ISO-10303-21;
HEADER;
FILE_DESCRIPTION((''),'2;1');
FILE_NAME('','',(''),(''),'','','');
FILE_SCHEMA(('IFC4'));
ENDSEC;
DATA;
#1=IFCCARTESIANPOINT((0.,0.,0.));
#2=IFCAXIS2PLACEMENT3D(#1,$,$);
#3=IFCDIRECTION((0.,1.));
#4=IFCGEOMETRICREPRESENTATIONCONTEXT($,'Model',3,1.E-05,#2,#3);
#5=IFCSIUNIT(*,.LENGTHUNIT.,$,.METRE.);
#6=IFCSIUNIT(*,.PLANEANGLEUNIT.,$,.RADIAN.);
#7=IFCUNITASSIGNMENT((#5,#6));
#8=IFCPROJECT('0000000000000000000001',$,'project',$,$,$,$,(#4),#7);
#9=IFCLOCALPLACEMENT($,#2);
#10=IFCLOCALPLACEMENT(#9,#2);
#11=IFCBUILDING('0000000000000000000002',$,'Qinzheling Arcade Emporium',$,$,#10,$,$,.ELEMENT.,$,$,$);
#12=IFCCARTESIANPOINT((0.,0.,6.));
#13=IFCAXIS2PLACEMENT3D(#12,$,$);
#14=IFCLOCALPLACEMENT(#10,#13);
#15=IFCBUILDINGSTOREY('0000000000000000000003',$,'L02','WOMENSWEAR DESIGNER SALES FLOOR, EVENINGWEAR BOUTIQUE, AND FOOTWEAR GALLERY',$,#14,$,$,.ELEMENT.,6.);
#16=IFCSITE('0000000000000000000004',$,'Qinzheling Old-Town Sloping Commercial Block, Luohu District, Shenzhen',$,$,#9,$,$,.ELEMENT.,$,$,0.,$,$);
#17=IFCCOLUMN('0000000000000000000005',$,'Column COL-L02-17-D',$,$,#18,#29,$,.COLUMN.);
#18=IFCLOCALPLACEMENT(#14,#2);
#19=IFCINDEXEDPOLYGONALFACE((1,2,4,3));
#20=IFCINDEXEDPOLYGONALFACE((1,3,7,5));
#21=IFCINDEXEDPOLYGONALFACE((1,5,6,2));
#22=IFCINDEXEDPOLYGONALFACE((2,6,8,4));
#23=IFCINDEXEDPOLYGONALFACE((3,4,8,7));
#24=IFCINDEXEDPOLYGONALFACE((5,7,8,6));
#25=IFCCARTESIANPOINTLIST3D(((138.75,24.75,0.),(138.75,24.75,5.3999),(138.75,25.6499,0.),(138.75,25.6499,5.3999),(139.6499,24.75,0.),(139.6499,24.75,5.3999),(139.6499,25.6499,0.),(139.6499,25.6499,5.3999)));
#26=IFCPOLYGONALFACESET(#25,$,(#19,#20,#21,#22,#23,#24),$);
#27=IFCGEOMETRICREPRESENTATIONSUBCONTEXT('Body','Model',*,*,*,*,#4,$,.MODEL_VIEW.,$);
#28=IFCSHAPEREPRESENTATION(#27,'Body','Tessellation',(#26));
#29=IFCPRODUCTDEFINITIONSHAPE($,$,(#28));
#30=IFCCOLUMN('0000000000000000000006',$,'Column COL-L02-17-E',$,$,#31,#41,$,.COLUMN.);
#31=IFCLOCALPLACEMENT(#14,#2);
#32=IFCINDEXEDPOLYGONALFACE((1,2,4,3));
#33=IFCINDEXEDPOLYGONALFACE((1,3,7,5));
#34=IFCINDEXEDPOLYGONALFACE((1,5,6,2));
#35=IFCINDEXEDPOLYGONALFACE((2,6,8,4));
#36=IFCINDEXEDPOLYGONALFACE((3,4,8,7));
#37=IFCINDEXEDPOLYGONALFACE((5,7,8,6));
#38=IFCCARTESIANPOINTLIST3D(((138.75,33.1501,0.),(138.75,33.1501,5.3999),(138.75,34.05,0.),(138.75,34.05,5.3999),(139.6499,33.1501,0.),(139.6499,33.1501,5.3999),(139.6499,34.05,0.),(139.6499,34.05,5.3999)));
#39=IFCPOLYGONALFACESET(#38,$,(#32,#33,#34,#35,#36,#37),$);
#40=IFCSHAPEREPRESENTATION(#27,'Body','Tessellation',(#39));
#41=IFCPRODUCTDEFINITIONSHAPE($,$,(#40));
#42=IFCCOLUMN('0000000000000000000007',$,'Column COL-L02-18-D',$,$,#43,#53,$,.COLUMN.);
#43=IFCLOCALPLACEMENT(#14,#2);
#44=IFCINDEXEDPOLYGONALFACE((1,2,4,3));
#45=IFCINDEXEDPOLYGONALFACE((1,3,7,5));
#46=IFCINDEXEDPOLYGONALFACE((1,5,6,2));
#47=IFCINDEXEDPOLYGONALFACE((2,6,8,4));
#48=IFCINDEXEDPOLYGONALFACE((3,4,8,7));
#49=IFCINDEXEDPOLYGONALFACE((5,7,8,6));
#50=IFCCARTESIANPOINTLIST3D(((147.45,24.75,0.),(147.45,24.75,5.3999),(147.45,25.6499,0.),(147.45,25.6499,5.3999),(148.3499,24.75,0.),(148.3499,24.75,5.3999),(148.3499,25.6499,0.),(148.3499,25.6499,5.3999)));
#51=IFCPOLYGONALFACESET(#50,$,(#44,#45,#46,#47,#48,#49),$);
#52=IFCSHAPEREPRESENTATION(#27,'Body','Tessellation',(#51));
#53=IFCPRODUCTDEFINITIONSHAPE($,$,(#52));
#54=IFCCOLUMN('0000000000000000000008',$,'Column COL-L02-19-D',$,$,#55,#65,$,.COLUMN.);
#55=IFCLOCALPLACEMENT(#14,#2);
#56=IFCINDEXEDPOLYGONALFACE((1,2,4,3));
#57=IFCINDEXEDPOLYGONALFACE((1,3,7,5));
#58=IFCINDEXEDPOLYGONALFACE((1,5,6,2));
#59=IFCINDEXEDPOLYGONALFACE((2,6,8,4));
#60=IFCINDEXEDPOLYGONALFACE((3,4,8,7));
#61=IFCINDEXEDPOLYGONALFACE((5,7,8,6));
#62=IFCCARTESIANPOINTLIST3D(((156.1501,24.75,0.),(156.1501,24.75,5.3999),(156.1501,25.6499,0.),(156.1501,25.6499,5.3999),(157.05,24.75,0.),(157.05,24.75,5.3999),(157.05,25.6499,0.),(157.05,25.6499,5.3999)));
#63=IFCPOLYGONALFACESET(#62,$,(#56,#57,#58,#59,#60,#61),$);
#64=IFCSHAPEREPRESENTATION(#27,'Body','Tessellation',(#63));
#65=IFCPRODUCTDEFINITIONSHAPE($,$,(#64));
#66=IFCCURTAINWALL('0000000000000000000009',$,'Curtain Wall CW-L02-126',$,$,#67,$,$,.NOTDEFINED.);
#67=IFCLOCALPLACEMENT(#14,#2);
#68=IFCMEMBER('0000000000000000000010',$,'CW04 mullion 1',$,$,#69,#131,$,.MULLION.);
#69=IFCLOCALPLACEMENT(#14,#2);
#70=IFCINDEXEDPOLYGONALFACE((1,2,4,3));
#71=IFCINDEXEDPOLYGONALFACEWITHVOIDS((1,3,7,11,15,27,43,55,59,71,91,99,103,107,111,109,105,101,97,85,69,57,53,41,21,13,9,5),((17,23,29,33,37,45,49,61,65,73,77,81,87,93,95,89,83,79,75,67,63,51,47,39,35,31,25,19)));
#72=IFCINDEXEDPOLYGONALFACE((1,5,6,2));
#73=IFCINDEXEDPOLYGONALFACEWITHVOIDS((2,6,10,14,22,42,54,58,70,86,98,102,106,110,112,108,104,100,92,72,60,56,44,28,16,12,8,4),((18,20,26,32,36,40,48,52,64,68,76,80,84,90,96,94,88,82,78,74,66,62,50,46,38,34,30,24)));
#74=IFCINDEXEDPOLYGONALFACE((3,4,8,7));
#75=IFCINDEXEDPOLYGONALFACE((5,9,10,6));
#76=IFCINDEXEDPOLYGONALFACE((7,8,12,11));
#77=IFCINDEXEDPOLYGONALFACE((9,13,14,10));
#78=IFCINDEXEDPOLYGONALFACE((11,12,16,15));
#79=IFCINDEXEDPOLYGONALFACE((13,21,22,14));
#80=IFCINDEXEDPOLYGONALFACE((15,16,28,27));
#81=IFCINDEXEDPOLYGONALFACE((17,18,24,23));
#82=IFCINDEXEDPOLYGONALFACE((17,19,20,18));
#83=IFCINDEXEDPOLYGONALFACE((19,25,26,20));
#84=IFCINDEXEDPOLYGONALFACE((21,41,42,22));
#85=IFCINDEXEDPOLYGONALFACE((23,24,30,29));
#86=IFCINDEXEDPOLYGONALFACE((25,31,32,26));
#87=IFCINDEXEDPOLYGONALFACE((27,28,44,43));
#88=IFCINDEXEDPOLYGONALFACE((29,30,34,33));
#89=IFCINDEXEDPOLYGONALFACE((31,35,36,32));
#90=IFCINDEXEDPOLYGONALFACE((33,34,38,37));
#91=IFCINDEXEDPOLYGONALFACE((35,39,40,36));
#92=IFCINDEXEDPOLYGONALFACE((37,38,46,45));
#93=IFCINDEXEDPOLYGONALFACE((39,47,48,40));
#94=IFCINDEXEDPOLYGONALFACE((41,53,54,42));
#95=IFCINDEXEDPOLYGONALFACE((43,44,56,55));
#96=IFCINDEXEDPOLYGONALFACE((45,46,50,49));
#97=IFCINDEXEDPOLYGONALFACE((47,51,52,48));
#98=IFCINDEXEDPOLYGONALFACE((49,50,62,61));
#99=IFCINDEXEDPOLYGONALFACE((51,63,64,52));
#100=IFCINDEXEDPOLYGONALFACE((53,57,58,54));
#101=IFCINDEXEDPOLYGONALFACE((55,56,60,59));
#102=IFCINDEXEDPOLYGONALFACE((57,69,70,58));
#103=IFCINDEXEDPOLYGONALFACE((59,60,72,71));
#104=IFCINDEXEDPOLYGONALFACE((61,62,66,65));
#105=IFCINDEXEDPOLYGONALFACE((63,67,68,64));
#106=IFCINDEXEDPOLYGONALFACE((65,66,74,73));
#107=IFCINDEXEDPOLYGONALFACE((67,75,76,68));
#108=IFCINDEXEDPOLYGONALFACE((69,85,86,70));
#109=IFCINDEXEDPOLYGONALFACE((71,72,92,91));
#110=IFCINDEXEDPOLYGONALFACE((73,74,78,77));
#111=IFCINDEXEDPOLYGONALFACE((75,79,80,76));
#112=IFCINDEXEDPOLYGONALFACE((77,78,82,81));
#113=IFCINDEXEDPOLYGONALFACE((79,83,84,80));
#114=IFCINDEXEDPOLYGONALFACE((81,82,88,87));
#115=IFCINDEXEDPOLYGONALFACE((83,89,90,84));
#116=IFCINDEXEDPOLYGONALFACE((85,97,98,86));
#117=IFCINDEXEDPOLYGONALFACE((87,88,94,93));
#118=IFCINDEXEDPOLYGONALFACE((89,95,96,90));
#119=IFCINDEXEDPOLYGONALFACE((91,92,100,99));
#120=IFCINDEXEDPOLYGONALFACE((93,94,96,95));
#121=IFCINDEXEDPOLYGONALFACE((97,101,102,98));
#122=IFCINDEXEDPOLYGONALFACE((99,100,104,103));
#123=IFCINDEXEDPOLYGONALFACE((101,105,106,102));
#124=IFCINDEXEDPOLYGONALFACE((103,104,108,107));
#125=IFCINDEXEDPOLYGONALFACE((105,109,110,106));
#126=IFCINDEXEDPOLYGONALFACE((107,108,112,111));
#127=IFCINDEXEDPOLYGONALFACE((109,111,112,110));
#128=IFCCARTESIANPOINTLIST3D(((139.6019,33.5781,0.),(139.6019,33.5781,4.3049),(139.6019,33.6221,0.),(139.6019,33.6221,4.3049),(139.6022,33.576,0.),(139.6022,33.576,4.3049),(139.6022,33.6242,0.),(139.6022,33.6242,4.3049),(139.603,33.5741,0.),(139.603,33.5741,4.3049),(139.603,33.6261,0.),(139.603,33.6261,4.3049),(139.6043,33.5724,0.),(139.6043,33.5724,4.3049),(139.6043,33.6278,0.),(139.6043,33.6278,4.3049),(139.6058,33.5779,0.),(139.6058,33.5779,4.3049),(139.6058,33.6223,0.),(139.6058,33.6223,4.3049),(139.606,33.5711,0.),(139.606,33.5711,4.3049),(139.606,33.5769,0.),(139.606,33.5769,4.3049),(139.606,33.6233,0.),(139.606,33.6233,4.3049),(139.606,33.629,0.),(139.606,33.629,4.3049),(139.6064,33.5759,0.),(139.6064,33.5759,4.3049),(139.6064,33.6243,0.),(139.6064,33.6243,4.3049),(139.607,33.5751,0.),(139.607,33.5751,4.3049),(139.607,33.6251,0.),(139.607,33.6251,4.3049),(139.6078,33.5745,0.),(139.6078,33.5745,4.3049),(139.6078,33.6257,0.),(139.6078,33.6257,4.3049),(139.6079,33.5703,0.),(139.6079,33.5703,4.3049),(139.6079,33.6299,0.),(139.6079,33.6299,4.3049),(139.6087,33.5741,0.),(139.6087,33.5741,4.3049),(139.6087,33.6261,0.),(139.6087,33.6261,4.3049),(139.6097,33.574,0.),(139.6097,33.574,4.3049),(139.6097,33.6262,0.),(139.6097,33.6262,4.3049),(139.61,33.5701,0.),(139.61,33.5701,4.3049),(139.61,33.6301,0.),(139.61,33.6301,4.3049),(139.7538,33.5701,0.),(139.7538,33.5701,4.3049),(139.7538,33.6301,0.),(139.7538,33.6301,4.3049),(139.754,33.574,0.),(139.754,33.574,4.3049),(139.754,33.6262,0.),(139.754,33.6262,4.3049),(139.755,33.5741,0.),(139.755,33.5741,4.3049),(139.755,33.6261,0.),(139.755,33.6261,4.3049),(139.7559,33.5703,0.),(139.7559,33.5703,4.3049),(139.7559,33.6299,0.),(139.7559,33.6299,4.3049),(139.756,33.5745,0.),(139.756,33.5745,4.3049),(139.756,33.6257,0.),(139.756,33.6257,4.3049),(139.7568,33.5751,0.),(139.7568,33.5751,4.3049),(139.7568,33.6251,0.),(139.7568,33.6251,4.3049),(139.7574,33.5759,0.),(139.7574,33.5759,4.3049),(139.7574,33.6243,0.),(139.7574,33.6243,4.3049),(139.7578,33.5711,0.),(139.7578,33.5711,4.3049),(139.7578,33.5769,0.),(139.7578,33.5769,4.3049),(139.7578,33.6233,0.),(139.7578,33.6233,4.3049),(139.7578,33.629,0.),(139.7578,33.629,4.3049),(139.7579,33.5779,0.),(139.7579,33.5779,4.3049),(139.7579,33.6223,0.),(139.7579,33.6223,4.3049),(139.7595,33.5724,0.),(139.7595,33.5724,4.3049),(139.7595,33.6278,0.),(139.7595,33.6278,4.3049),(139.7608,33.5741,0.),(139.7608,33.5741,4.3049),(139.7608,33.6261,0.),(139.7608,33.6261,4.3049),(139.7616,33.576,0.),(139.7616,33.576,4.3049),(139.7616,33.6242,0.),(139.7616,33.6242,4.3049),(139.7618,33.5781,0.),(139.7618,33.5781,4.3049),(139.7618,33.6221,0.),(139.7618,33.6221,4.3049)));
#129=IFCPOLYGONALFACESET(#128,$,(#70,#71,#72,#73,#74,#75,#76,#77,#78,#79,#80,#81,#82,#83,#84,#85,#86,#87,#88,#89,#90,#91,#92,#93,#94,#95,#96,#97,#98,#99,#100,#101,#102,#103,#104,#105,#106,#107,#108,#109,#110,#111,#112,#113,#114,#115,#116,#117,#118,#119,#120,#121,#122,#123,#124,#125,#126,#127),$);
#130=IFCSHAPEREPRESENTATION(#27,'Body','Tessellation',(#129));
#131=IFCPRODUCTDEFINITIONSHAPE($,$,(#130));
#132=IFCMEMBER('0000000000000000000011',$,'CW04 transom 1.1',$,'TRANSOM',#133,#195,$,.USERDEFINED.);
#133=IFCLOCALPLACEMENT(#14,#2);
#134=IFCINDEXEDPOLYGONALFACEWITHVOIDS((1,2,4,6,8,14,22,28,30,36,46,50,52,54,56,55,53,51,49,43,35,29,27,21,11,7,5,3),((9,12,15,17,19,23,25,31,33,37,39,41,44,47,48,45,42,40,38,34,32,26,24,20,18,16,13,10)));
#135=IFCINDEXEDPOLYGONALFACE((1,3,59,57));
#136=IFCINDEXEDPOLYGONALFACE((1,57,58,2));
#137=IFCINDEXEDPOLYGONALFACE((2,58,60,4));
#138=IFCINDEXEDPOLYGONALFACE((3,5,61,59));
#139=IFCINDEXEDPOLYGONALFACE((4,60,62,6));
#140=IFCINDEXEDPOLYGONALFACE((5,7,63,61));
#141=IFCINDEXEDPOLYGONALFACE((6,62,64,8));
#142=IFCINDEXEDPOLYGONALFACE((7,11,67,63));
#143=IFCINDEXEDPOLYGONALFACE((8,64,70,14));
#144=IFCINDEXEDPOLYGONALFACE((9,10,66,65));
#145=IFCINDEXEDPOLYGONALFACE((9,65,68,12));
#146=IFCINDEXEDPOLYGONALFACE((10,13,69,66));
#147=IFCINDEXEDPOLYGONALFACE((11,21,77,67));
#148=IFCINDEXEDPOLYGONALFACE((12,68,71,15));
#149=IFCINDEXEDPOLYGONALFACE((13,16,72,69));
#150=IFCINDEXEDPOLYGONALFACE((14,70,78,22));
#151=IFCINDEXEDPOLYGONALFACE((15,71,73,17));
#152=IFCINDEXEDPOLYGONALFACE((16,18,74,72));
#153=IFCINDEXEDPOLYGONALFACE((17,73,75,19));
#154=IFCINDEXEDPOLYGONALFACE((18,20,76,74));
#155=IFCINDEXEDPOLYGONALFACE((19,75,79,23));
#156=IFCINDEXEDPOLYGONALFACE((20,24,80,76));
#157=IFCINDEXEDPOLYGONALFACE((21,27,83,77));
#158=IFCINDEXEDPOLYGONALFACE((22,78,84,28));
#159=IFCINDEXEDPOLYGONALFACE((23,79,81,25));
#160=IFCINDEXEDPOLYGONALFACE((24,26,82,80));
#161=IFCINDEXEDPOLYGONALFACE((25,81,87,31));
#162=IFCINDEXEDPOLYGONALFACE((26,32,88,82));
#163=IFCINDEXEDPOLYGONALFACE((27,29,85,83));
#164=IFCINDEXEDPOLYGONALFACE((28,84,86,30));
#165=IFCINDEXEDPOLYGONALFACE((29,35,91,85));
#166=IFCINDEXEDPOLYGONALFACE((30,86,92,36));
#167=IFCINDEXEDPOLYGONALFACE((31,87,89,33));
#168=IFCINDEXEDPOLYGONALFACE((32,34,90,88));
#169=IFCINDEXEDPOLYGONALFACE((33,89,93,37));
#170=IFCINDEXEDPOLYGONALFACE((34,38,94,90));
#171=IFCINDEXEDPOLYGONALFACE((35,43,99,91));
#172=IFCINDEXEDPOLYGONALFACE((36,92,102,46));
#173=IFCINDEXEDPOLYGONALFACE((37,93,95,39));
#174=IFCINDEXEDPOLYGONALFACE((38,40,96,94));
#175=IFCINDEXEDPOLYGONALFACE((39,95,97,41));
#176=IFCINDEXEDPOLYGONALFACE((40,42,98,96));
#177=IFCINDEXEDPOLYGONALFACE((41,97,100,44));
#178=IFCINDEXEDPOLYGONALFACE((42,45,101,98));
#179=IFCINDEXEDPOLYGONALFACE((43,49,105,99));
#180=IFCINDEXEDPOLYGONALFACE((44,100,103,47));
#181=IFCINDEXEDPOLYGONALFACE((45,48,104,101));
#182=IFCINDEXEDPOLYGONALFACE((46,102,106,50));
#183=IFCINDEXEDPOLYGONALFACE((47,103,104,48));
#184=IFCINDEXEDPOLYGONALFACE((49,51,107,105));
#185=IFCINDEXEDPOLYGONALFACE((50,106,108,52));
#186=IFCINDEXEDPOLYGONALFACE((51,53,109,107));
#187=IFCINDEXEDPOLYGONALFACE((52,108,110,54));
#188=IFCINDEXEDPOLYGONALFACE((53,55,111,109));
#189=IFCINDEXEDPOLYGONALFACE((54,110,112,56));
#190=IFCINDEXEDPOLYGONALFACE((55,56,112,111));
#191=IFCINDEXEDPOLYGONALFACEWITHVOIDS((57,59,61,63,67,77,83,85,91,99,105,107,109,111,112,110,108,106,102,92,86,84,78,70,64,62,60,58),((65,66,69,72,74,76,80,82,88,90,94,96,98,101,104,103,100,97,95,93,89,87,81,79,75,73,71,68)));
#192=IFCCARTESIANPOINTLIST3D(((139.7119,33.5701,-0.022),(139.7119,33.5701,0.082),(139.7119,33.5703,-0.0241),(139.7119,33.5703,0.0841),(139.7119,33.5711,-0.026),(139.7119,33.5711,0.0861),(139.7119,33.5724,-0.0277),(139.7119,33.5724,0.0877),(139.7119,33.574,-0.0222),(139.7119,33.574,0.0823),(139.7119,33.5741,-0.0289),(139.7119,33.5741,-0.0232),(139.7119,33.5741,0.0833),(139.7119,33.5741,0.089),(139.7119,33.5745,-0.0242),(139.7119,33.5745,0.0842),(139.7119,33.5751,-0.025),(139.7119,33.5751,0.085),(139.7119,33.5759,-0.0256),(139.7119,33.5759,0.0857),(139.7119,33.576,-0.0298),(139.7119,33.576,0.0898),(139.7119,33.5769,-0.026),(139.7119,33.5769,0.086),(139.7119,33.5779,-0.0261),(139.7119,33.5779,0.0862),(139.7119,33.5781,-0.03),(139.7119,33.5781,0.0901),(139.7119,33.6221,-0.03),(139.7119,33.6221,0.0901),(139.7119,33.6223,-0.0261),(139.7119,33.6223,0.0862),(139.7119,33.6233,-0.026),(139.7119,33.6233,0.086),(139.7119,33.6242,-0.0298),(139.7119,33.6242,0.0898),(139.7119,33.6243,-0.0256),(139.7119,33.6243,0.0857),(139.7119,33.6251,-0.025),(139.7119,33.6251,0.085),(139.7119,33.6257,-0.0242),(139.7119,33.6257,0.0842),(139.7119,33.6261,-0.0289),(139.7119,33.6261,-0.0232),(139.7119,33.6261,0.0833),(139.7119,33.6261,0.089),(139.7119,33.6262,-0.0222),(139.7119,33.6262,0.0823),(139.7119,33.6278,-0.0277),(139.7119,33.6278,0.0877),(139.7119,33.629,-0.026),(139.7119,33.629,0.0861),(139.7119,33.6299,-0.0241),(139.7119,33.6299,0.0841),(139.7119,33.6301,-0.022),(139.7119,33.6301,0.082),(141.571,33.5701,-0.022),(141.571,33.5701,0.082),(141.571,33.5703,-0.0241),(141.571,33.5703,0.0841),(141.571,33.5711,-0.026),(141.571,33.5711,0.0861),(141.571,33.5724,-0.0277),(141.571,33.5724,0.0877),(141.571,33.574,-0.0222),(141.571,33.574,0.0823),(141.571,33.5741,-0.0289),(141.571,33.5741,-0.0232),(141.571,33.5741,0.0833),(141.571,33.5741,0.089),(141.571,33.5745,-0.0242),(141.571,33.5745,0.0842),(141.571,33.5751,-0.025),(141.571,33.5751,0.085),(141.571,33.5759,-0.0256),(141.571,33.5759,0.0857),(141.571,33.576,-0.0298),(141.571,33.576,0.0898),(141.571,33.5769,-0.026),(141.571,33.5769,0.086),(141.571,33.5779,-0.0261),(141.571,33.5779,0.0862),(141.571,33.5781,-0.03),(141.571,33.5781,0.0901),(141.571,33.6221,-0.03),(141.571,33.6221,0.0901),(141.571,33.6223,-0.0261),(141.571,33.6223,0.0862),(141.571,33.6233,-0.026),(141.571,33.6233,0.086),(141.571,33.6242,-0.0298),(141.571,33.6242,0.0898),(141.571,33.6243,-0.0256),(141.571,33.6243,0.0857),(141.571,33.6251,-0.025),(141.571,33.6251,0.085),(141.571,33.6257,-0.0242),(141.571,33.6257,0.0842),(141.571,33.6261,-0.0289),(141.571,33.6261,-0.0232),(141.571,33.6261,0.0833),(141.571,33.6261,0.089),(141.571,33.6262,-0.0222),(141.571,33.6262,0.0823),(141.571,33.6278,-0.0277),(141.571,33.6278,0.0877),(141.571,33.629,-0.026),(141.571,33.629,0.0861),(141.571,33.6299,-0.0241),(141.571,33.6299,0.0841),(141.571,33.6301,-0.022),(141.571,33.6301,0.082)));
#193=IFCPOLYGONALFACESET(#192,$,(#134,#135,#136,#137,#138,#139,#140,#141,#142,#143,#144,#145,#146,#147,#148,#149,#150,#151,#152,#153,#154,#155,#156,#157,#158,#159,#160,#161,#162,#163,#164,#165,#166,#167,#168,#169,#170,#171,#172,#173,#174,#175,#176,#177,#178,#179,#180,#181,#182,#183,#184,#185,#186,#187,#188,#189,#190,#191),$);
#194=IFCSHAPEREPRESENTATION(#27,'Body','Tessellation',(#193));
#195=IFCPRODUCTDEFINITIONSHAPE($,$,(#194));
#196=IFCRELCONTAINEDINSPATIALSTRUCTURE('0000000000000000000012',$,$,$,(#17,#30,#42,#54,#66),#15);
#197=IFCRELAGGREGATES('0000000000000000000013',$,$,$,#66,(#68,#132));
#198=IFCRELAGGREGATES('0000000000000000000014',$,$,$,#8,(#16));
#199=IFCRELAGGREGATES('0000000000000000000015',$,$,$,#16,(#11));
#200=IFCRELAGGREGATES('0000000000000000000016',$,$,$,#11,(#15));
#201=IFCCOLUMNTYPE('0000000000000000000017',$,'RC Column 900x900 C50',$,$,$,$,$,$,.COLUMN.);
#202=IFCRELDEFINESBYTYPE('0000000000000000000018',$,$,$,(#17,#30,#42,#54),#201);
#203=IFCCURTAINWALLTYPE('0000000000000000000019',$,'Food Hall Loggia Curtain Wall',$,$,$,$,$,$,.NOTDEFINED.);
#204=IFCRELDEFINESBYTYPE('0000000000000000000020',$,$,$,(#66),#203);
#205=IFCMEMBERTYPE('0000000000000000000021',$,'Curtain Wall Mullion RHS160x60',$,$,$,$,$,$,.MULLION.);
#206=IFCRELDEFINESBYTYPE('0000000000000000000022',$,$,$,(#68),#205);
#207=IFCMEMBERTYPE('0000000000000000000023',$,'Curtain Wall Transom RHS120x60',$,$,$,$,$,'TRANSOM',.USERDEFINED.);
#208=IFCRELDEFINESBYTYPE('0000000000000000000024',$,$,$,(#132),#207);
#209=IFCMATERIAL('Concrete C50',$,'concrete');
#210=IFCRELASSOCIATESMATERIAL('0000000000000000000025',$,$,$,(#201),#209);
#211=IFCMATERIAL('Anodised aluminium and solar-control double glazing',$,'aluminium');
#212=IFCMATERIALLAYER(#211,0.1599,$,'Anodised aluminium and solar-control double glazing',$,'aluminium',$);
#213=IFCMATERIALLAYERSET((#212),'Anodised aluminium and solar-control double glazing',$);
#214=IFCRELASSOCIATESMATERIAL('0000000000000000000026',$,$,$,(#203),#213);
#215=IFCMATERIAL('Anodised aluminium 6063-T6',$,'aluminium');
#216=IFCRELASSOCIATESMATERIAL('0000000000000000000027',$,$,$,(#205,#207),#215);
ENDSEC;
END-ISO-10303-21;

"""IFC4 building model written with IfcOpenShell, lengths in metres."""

from ifc_helpers import new_model, si_unit, direction, frame, origin, origin_2d, place, context, subcontext, project, spatial, rectangle, hollow_rectangle, extrude, material, layer, layer_set, material_profile, profile_set, type_object, element, aggregate, save


model = new_model("IFC4")

# Units and contexts
model_context = context("Model", 3, precision=1e-05, world=origin(), true_north=direction((0.0, 1.0)))
body_context = subcontext(model_context, "Body", "Model", "MODEL_VIEW")
ifc_project = project(units=[si_unit("LENGTHUNIT", "METRE"), si_unit("PLANEANGLEUNIT", "RADIAN")], contexts=[model_context])

# Site, building, storey
site_placement = place(None, origin())
site = spatial("IfcSite", under=ifc_project, at=site_placement, Name="Qinzheling Old-Town Sloping Commercial Block, Luohu District, Shenzhen", CompositionType="ELEMENT", RefElevation=0.0)
building_placement = place(site_placement, origin())
building = spatial("IfcBuilding", under=site, at=building_placement, Name="Qinzheling Arcade Emporium", CompositionType="ELEMENT")
storey_placement = place(building_placement, frame((0.0, 0.0, 6.0)))
storey = spatial("IfcBuildingStorey", under=building, at=storey_placement, Name="L02", Description="WOMENSWEAR DESIGNER SALES FLOOR, EVENINGWEAR BOUTIQUE, AND FOOTWEAR GALLERY", CompositionType="ELEMENT", Elevation=6.0)

# Columns
ifc_material_1 = material(Name="Concrete C50", Category="concrete")
ifc_material_profile_1 = material_profile(ifc_material_1, rectangle(XDim=0.8999, YDim=0.8999, at=origin_2d()), Name="RC 900x900", Category="concrete")
ifc_profile_set_1 = profile_set([ifc_material_profile_1], Name="Concrete C50")
column_type = type_object("IfcColumnType", Name="RC Column 900x900 C50", PredefinedType="COLUMN", material=ifc_profile_set_1)
for number, where, z_axis, x_axis, name in (
    (1, (139.2, 25.2, 0.0), (0.0, 0.0, 1.0), (1.0, 0.0, 0.0), "Column COL-L02-17-D"),
    (2, (139.2, 33.6001, 0.0), (0.0, 0.0, 1.0), (1.0, 0.0, 0.0), "Column COL-L02-17-E"),
    (3, (147.8999, 25.2, 0.0), (0.0, 0.0, 1.0), (1.0, 0.0, 0.0), "Column COL-L02-18-D"),
    (4, (156.6001, 25.2, 0.0), (0.0, 0.0, 1.0), (1.0, 0.0, 0.0), "Column COL-L02-19-D"),
):
    element("IfcColumn", number, at=place(storey_placement, frame(where, z_axis=z_axis, x_axis=x_axis)), inside=storey, type_object=column_type, Name=name, PredefinedType="COLUMN", context=body_context, shape_type="SweptSolid", body=[
        extrude(rectangle(XDim=0.8999, YDim=0.8999, at=origin_2d()), origin(), (0.0, 0.0, 1.0), 5.3999),
    ])

# Curtain wall, members
ifc_material_2 = material(Name="Anodised aluminium and solar-control double glazing", Category="aluminium")
ifc_layer_1 = layer(ifc_material_2, 0.1599, Name="Anodised aluminium and solar-control double glazing", Category="aluminium")
ifc_layer_set_1 = layer_set([ifc_layer_1], Name="Anodised aluminium and solar-control double glazing")
curtain_wall_type = type_object("IfcCurtainWallType", Name="Food Hall Loggia Curtain Wall", PredefinedType="NOTDEFINED", material=ifc_layer_set_1)
curtain_wall_placement = place(storey_placement, origin())
curtain_wall = element("IfcCurtainWall", 5, at=curtain_wall_placement, inside=storey, type_object=curtain_wall_type, Name="Curtain Wall CW-L02-126", PredefinedType="NOTDEFINED")
ifc_material_3 = material(Name="Anodised aluminium 6063-T6", Category="aluminium")
ifc_material_profile_2 = material_profile(ifc_material_3, hollow_rectangle(XDim=0.0601, YDim=0.1599, WallThickness=0.0039, InnerFilletRadius=0.0039, OuterFilletRadius=0.0081, at=origin_2d()), Name="RHS 160x60x4", Category="aluminium")
ifc_profile_set_2 = profile_set([ifc_material_profile_2], Name="Anodised aluminium 6063-T6")
member_type_1 = type_object("IfcMemberType", Name="Curtain Wall Mullion RHS160x60", PredefinedType="MULLION", material=ifc_profile_set_2)
member_1_placement = place(storey_placement, frame((139.6819, 33.6001, 0.0), z_axis=(0.0, 0.0, 1.0), x_axis=(0.0, 1.0, 0.0)))
member_1 = element("IfcMember", 6, at=member_1_placement, type_object=member_type_1, Name="CW04 mullion 1", PredefinedType="MULLION", context=body_context, shape_type="SweptSolid", body=[
    extrude(hollow_rectangle(XDim=0.0601, YDim=0.1599, WallThickness=0.0039, InnerFilletRadius=0.0039, OuterFilletRadius=0.0081, at=origin_2d()), origin(), (0.0, 0.0, 1.0), 4.3049),
])
ifc_material_profile_3 = material_profile(ifc_material_3, hollow_rectangle(XDim=0.0601, YDim=0.1201, WallThickness=0.0039, InnerFilletRadius=0.0039, OuterFilletRadius=0.0081, at=origin_2d()), Name="RHS 120x60x4", Category="aluminium")
ifc_profile_set_3 = profile_set([ifc_material_profile_3], Name="Anodised aluminium 6063-T6")
member_type_2 = type_object("IfcMemberType", Name="Curtain Wall Transom RHS120x60", ElementType="TRANSOM", PredefinedType="USERDEFINED", material=ifc_profile_set_3)
member_2_placement = place(storey_placement, frame((139.7119, 33.6001, 0.03), z_axis=(1.0, 0.0, 0.0), x_axis=(0.0, 1.0, 0.0)))
member_2 = element("IfcMember", 7, at=member_2_placement, type_object=member_type_2, Name="CW04 transom 1.1", ObjectType="TRANSOM", PredefinedType="USERDEFINED", context=body_context, shape_type="SweptSolid", body=[
    extrude(hollow_rectangle(XDim=0.0601, YDim=0.1201, WallThickness=0.0039, InnerFilletRadius=0.0039, OuterFilletRadius=0.0081, at=origin_2d()), origin(), (0.0, 0.0, 1.0), 1.8591),
])

aggregate(curtain_wall, [member_1, member_2])

save(model, "model.ifc")
